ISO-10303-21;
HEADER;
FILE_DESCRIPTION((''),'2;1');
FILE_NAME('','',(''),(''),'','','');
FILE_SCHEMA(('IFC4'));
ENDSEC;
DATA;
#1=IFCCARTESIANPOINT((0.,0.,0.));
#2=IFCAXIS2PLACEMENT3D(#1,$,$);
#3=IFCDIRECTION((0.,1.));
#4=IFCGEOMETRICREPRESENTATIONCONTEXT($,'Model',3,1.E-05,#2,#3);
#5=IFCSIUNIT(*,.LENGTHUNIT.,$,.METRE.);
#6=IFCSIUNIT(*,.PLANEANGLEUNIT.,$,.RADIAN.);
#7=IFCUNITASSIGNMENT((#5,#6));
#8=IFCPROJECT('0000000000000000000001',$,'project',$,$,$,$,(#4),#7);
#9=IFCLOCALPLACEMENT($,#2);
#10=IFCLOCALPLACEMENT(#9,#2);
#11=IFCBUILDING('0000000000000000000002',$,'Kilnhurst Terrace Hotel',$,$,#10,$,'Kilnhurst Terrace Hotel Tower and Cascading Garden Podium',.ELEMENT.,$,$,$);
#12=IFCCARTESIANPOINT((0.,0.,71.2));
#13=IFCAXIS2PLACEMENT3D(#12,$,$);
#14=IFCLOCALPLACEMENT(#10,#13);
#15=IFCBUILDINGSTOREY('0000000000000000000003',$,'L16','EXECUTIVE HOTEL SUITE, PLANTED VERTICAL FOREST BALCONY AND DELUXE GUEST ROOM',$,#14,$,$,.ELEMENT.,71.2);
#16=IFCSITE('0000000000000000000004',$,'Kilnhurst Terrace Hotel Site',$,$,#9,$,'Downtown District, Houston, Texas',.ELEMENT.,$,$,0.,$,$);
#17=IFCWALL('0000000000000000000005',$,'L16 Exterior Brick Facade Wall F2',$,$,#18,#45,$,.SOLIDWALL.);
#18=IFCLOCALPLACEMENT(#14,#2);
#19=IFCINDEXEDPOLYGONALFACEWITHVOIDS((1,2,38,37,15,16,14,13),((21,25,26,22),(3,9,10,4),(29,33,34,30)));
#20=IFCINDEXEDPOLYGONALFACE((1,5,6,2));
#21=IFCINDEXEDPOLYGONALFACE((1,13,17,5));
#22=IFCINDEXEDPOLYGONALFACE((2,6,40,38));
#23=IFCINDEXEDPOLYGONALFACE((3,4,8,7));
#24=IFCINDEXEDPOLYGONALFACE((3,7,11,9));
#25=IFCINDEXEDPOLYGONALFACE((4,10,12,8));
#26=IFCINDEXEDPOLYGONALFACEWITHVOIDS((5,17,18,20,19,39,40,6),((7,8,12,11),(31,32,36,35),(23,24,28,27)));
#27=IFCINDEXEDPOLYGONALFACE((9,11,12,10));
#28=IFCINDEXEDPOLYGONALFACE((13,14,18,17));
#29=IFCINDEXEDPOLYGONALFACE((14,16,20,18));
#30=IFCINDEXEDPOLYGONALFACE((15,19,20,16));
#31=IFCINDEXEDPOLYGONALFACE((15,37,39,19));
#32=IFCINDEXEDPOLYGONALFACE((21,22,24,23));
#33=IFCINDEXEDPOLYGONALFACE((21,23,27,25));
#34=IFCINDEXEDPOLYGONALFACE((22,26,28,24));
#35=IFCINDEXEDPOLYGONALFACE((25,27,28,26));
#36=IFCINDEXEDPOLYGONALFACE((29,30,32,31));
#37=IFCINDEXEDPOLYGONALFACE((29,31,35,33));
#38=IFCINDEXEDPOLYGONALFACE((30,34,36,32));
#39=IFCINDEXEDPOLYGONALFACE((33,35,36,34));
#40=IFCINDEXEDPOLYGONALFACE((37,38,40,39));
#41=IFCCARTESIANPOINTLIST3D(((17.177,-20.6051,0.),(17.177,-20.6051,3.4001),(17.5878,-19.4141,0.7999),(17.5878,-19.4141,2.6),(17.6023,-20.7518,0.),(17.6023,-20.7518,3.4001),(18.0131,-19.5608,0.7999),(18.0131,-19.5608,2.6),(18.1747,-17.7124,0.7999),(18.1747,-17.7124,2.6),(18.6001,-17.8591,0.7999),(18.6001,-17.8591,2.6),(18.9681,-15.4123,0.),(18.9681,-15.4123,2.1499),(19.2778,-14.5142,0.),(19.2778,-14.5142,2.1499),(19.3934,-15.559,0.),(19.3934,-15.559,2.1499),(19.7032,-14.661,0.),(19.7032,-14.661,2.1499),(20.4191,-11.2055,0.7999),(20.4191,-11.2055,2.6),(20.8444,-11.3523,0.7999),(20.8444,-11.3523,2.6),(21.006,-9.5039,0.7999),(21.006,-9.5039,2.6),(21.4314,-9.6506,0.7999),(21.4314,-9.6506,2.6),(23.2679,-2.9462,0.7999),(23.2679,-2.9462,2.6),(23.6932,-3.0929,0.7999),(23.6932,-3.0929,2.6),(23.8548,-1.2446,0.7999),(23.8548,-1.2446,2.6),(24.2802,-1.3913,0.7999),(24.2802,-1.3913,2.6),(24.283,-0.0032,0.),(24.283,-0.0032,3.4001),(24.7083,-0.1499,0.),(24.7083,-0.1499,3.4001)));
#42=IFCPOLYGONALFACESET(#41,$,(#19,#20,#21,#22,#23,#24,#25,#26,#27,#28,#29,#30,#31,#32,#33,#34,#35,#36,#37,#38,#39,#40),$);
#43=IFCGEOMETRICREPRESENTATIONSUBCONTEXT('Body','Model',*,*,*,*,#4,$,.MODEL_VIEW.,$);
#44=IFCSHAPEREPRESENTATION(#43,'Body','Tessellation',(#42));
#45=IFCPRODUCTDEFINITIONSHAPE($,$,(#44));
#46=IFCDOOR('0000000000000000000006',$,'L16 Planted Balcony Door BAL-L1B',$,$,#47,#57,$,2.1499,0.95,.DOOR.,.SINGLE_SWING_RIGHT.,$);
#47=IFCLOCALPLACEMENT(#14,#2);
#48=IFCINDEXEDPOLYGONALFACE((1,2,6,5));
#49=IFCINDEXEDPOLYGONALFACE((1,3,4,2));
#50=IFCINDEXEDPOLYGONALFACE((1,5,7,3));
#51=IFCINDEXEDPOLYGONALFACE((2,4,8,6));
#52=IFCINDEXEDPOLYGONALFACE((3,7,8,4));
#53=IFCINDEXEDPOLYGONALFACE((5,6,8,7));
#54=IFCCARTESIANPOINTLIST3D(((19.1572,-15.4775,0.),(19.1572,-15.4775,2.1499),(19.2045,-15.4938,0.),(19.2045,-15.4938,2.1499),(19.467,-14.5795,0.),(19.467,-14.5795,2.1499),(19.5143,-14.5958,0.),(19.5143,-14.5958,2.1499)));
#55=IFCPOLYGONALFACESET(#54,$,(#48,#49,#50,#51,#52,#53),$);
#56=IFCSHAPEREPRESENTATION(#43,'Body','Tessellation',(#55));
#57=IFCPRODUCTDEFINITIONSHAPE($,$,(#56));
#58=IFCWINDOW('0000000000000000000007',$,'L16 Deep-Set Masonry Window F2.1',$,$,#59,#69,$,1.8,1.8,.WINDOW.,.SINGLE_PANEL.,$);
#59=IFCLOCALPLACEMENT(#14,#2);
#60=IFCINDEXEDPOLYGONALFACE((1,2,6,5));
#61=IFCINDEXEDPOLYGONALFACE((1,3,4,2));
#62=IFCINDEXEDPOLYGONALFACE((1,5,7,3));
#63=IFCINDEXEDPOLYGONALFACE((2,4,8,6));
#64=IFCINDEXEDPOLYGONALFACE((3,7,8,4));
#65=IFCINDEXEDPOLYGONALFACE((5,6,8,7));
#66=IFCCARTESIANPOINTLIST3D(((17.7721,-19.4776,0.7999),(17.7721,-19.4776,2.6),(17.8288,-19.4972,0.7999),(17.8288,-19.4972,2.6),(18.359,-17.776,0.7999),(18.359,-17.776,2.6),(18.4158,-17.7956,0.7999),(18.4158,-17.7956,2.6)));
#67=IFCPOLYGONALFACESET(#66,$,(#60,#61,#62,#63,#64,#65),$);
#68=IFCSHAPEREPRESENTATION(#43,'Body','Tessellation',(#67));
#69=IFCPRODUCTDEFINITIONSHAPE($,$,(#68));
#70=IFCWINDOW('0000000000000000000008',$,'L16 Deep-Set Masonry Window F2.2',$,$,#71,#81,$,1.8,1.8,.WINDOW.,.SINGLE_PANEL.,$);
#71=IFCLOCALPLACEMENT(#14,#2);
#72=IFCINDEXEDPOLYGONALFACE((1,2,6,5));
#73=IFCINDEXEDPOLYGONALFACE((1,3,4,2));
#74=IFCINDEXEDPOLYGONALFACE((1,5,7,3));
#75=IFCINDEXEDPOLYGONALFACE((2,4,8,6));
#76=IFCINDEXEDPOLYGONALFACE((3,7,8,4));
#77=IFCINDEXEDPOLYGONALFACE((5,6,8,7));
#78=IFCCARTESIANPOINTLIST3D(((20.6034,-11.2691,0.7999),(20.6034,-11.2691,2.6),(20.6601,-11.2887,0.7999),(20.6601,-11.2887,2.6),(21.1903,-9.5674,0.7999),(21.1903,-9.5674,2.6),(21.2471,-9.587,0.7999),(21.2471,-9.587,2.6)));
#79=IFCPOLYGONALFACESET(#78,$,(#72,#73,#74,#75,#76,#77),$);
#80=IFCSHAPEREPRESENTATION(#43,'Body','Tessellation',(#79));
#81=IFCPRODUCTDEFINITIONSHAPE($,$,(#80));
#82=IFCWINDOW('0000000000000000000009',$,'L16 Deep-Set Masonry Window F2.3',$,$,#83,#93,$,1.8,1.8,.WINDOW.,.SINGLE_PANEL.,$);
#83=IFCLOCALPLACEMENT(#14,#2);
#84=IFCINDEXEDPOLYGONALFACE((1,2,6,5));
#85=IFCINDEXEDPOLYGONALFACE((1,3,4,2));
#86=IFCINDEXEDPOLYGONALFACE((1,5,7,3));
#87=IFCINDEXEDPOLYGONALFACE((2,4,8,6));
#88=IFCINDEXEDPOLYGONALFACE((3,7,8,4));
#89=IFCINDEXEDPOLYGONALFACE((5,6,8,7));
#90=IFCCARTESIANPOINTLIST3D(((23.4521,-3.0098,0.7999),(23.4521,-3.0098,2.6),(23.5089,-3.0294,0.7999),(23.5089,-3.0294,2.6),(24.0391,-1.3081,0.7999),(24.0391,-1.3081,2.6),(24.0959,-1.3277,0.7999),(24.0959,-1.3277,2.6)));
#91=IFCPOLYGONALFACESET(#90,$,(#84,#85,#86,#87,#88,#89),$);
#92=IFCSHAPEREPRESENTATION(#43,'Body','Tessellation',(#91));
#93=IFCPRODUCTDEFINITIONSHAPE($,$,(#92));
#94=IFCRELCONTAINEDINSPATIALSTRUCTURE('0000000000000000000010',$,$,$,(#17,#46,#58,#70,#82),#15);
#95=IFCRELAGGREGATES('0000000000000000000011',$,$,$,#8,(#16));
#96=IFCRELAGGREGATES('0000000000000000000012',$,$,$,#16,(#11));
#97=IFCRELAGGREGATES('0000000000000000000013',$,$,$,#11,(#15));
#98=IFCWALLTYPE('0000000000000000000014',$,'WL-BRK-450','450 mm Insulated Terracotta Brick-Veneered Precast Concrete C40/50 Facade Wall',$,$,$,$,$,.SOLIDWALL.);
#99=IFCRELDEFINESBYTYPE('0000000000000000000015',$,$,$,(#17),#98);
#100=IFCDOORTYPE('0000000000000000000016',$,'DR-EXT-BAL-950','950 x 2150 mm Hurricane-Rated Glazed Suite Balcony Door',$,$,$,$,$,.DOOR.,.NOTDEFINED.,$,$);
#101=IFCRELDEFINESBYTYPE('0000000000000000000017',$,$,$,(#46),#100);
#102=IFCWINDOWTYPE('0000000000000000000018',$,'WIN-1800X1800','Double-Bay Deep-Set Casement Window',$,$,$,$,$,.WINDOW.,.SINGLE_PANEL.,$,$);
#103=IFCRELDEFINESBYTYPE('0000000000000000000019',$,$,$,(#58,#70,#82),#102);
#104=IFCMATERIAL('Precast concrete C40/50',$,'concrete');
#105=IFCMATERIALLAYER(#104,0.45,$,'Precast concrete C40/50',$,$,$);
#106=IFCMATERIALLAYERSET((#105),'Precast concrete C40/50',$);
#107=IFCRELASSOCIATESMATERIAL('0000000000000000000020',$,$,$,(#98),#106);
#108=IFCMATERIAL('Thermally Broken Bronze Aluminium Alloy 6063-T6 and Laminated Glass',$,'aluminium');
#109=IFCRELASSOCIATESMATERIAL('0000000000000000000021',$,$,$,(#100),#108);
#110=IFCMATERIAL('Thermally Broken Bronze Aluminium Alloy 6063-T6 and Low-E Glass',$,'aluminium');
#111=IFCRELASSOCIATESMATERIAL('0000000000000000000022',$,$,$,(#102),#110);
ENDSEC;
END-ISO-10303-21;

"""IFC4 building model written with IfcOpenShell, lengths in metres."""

from ifc_helpers import new_model, si_unit, direction, frame, frame_2d, origin, place, context, subcontext, project, spatial, rectangle, extrude, material, layer, layer_set, type_object, element, fill, save


model = new_model("IFC4")

# Units and contexts
model_context = context("Model", 3, precision=1e-05, world=origin(), true_north=direction((0.0, 1.0)))
body_context = subcontext(model_context, "Body", "Model", "MODEL_VIEW")
ifc_project = project(units=[si_unit("LENGTHUNIT", "METRE"), si_unit("PLANEANGLEUNIT", "RADIAN")], contexts=[model_context])

# Site, building, storey
site_placement = place(None, origin())
site = spatial("IfcSite", under=ifc_project, at=site_placement, Name="Kilnhurst Terrace Hotel Site", LongName="Downtown District, Houston, Texas", CompositionType="ELEMENT", RefElevation=0.0)
building_placement = place(site_placement, origin())
building = spatial("IfcBuilding", under=site, at=building_placement, Name="Kilnhurst Terrace Hotel", LongName="Kilnhurst Terrace Hotel Tower and Cascading Garden Podium", CompositionType="ELEMENT")
storey_placement = place(building_placement, frame((0.0, 0.0, 71.2)))
storey = spatial("IfcBuildingStorey", under=building, at=storey_placement, Name="L16", Description="EXECUTIVE HOTEL SUITE, PLANTED VERTICAL FOREST BALCONY AND DELUXE GUEST ROOM", CompositionType="ELEMENT", Elevation=71.2)

# Shared definitions
ifc_material_1 = material(Name="Precast concrete C40/50", Category="concrete")
ifc_layer_1 = layer(ifc_material_1, 0.45, Name="Precast concrete C40/50")
ifc_layer_set_1 = layer_set([ifc_layer_1], Name="Precast concrete C40/50")
wall_type_1 = type_object("IfcWallType", Name="WL-BRK-450", Description="450 mm Insulated Terracotta Brick-Veneered Precast Concrete C40/50 Facade Wall", PredefinedType="SOLIDWALL", material=ifc_layer_set_1)

# Wall, openings, door, windows
wall_1_placement = place(storey_placement, frame((17.3896, -20.6785, 0.0), z_axis=(0.0, 0.0, 1.0), x_axis=(0.326068, 0.945346, 0.0)))
wall_1 = element("IfcWall", 1, at=wall_1_placement, inside=storey, type_object=wall_type_1, Name="L16 Exterior Brick Facade Wall F2", PredefinedType="SOLIDWALL", context=body_context, shape_type="SweptSolid", body=[
    extrude(rectangle(XDim=21.793, YDim=0.45, at=frame_2d((10.8965, 0.0))), origin(), (0.0, 0.0, 1.0), 3.4001),
])
opening_1_placement = place(wall_1_placement, frame((5.4929, 0.0, 0.0)))
opening_1 = element("IfcOpeningElement", 2, at=opening_1_placement, cuts=wall_1, PredefinedType="OPENING", context=body_context, shape_type="SweptSolid", body=[
    extrude(rectangle(XDim=0.95, YDim=2.1499, at=frame_2d((0.4751, 1.075))), frame((0.0, 0.2349, 0.0), z_axis=(0.0, -1.0, 0.0), x_axis=(1.0, 0.0, 0.0)), (0.0, 0.0, 1.0), 0.47),
])
opening_2_placement = place(wall_1_placement, frame((1.26, 0.0, 0.8)))
opening_2 = element("IfcOpeningElement", 3, at=opening_2_placement, cuts=wall_1, PredefinedType="OPENING", context=body_context, shape_type="SweptSolid", body=[
    extrude(rectangle(XDim=1.8, YDim=1.8, at=frame_2d((0.8999, 0.8999))), frame((0.0, 0.2349, 0.0), z_axis=(0.0, -1.0, 0.0), x_axis=(1.0, 0.0, 0.0)), (0.0, 0.0, 1.0), 0.47),
])
opening_3_placement = place(wall_1_placement, frame((9.9431, 0.0, 0.8)))
opening_3 = element("IfcOpeningElement", 4, at=opening_3_placement, cuts=wall_1, PredefinedType="OPENING", context=body_context, shape_type="SweptSolid", body=[
    extrude(rectangle(XDim=1.8, YDim=1.8, at=frame_2d((0.8999, 0.8999))), frame((0.0, 0.2349, 0.0), z_axis=(0.0, -1.0, 0.0), x_axis=(1.0, 0.0, 0.0)), (0.0, 0.0, 1.0), 0.47),
])
opening_4_placement = place(wall_1_placement, frame((18.6799, 0.0, 0.8)))
opening_4 = element("IfcOpeningElement", 5, at=opening_4_placement, cuts=wall_1, PredefinedType="OPENING", context=body_context, shape_type="SweptSolid", body=[
    extrude(rectangle(XDim=1.8, YDim=1.8, at=frame_2d((0.8999, 0.8999))), frame((0.0, 0.2349, 0.0), z_axis=(0.0, -1.0, 0.0), x_axis=(1.0, 0.0, 0.0)), (0.0, 0.0, 1.0), 0.47),
])
ifc_material_2 = material(Name="Thermally Broken Bronze Aluminium Alloy 6063-T6 and Laminated Glass", Category="aluminium")
door_type_1 = type_object("IfcDoorType", Name="DR-EXT-BAL-950", Description="950 x 2150 mm Hurricane-Rated Glazed Suite Balcony Door", OperationType="NOTDEFINED", PredefinedType="DOOR", material=ifc_material_2)
door_1_placement = place(opening_1_placement, origin())
door_1 = element("IfcDoor", 6, at=door_1_placement, inside=storey, type_object=door_type_1, Name="L16 Planted Balcony Door BAL-L1B", OperationType="SINGLE_SWING_RIGHT", OverallHeight=2.1499, OverallWidth=0.95, PredefinedType="DOOR", context=body_context, shape_type="SweptSolid", body=[
    extrude(rectangle(XDim=0.95, YDim=2.1499, at=frame_2d((0.4751, 1.075))), frame((0.0, 0.0249, 0.0), z_axis=(0.0, -1.0, 0.0), x_axis=(1.0, 0.0, 0.0)), (0.0, 0.0, 1.0), 0.05),
])
fill(opening_1, door_1)
ifc_material_3 = material(Name="Thermally Broken Bronze Aluminium Alloy 6063-T6 and Low-E Glass", Category="aluminium")
window_type = type_object("IfcWindowType", Name="WIN-1800X1800", Description="Double-Bay Deep-Set Casement Window", PartitioningType="SINGLE_PANEL", PredefinedType="WINDOW", material=ifc_material_3)
window_1_placement = place(opening_2_placement, origin())
window_1 = element("IfcWindow", 7, at=window_1_placement, inside=storey, type_object=window_type, Name="L16 Deep-Set Masonry Window F2.1", OverallHeight=1.8, OverallWidth=1.8, PartitioningType="SINGLE_PANEL", PredefinedType="WINDOW", context=body_context, shape_type="SweptSolid", body=[
    extrude(rectangle(XDim=1.8, YDim=1.8, at=frame_2d((0.8999, 0.8999))), frame((0.0, 0.03, 0.0), z_axis=(0.0, -1.0, 0.0), x_axis=(1.0, 0.0, 0.0)), (0.0, 0.0, 1.0), 0.0601),
])
fill(opening_2, window_1)
window_2_placement = place(opening_3_placement, origin())
window_2 = element("IfcWindow", 8, at=window_2_placement, inside=storey, type_object=window_type, Name="L16 Deep-Set Masonry Window F2.2", OverallHeight=1.8, OverallWidth=1.8, PartitioningType="SINGLE_PANEL", PredefinedType="WINDOW", context=body_context, shape_type="SweptSolid", body=[
    extrude(rectangle(XDim=1.8, YDim=1.8, at=frame_2d((0.8999, 0.8999))), frame((0.0, 0.03, 0.0), z_axis=(0.0, -1.0, 0.0), x_axis=(1.0, 0.0, 0.0)), (0.0, 0.0, 1.0), 0.0601),
])
fill(opening_3, window_2)
window_3_placement = place(opening_4_placement, origin())
window_3 = element("IfcWindow", 9, at=window_3_placement, inside=storey, type_object=window_type, Name="L16 Deep-Set Masonry Window F2.3", OverallHeight=1.8, OverallWidth=1.8, PartitioningType="SINGLE_PANEL", PredefinedType="WINDOW", context=body_context, shape_type="SweptSolid", body=[
    extrude(rectangle(XDim=1.8, YDim=1.8, at=frame_2d((0.8999, 0.8999))), frame((0.0, 0.03, 0.0), z_axis=(0.0, -1.0, 0.0), x_axis=(1.0, 0.0, 0.0)), (0.0, 0.0, 1.0), 0.0601),
])
fill(opening_4, window_3)

save(model, "model.ifc")
